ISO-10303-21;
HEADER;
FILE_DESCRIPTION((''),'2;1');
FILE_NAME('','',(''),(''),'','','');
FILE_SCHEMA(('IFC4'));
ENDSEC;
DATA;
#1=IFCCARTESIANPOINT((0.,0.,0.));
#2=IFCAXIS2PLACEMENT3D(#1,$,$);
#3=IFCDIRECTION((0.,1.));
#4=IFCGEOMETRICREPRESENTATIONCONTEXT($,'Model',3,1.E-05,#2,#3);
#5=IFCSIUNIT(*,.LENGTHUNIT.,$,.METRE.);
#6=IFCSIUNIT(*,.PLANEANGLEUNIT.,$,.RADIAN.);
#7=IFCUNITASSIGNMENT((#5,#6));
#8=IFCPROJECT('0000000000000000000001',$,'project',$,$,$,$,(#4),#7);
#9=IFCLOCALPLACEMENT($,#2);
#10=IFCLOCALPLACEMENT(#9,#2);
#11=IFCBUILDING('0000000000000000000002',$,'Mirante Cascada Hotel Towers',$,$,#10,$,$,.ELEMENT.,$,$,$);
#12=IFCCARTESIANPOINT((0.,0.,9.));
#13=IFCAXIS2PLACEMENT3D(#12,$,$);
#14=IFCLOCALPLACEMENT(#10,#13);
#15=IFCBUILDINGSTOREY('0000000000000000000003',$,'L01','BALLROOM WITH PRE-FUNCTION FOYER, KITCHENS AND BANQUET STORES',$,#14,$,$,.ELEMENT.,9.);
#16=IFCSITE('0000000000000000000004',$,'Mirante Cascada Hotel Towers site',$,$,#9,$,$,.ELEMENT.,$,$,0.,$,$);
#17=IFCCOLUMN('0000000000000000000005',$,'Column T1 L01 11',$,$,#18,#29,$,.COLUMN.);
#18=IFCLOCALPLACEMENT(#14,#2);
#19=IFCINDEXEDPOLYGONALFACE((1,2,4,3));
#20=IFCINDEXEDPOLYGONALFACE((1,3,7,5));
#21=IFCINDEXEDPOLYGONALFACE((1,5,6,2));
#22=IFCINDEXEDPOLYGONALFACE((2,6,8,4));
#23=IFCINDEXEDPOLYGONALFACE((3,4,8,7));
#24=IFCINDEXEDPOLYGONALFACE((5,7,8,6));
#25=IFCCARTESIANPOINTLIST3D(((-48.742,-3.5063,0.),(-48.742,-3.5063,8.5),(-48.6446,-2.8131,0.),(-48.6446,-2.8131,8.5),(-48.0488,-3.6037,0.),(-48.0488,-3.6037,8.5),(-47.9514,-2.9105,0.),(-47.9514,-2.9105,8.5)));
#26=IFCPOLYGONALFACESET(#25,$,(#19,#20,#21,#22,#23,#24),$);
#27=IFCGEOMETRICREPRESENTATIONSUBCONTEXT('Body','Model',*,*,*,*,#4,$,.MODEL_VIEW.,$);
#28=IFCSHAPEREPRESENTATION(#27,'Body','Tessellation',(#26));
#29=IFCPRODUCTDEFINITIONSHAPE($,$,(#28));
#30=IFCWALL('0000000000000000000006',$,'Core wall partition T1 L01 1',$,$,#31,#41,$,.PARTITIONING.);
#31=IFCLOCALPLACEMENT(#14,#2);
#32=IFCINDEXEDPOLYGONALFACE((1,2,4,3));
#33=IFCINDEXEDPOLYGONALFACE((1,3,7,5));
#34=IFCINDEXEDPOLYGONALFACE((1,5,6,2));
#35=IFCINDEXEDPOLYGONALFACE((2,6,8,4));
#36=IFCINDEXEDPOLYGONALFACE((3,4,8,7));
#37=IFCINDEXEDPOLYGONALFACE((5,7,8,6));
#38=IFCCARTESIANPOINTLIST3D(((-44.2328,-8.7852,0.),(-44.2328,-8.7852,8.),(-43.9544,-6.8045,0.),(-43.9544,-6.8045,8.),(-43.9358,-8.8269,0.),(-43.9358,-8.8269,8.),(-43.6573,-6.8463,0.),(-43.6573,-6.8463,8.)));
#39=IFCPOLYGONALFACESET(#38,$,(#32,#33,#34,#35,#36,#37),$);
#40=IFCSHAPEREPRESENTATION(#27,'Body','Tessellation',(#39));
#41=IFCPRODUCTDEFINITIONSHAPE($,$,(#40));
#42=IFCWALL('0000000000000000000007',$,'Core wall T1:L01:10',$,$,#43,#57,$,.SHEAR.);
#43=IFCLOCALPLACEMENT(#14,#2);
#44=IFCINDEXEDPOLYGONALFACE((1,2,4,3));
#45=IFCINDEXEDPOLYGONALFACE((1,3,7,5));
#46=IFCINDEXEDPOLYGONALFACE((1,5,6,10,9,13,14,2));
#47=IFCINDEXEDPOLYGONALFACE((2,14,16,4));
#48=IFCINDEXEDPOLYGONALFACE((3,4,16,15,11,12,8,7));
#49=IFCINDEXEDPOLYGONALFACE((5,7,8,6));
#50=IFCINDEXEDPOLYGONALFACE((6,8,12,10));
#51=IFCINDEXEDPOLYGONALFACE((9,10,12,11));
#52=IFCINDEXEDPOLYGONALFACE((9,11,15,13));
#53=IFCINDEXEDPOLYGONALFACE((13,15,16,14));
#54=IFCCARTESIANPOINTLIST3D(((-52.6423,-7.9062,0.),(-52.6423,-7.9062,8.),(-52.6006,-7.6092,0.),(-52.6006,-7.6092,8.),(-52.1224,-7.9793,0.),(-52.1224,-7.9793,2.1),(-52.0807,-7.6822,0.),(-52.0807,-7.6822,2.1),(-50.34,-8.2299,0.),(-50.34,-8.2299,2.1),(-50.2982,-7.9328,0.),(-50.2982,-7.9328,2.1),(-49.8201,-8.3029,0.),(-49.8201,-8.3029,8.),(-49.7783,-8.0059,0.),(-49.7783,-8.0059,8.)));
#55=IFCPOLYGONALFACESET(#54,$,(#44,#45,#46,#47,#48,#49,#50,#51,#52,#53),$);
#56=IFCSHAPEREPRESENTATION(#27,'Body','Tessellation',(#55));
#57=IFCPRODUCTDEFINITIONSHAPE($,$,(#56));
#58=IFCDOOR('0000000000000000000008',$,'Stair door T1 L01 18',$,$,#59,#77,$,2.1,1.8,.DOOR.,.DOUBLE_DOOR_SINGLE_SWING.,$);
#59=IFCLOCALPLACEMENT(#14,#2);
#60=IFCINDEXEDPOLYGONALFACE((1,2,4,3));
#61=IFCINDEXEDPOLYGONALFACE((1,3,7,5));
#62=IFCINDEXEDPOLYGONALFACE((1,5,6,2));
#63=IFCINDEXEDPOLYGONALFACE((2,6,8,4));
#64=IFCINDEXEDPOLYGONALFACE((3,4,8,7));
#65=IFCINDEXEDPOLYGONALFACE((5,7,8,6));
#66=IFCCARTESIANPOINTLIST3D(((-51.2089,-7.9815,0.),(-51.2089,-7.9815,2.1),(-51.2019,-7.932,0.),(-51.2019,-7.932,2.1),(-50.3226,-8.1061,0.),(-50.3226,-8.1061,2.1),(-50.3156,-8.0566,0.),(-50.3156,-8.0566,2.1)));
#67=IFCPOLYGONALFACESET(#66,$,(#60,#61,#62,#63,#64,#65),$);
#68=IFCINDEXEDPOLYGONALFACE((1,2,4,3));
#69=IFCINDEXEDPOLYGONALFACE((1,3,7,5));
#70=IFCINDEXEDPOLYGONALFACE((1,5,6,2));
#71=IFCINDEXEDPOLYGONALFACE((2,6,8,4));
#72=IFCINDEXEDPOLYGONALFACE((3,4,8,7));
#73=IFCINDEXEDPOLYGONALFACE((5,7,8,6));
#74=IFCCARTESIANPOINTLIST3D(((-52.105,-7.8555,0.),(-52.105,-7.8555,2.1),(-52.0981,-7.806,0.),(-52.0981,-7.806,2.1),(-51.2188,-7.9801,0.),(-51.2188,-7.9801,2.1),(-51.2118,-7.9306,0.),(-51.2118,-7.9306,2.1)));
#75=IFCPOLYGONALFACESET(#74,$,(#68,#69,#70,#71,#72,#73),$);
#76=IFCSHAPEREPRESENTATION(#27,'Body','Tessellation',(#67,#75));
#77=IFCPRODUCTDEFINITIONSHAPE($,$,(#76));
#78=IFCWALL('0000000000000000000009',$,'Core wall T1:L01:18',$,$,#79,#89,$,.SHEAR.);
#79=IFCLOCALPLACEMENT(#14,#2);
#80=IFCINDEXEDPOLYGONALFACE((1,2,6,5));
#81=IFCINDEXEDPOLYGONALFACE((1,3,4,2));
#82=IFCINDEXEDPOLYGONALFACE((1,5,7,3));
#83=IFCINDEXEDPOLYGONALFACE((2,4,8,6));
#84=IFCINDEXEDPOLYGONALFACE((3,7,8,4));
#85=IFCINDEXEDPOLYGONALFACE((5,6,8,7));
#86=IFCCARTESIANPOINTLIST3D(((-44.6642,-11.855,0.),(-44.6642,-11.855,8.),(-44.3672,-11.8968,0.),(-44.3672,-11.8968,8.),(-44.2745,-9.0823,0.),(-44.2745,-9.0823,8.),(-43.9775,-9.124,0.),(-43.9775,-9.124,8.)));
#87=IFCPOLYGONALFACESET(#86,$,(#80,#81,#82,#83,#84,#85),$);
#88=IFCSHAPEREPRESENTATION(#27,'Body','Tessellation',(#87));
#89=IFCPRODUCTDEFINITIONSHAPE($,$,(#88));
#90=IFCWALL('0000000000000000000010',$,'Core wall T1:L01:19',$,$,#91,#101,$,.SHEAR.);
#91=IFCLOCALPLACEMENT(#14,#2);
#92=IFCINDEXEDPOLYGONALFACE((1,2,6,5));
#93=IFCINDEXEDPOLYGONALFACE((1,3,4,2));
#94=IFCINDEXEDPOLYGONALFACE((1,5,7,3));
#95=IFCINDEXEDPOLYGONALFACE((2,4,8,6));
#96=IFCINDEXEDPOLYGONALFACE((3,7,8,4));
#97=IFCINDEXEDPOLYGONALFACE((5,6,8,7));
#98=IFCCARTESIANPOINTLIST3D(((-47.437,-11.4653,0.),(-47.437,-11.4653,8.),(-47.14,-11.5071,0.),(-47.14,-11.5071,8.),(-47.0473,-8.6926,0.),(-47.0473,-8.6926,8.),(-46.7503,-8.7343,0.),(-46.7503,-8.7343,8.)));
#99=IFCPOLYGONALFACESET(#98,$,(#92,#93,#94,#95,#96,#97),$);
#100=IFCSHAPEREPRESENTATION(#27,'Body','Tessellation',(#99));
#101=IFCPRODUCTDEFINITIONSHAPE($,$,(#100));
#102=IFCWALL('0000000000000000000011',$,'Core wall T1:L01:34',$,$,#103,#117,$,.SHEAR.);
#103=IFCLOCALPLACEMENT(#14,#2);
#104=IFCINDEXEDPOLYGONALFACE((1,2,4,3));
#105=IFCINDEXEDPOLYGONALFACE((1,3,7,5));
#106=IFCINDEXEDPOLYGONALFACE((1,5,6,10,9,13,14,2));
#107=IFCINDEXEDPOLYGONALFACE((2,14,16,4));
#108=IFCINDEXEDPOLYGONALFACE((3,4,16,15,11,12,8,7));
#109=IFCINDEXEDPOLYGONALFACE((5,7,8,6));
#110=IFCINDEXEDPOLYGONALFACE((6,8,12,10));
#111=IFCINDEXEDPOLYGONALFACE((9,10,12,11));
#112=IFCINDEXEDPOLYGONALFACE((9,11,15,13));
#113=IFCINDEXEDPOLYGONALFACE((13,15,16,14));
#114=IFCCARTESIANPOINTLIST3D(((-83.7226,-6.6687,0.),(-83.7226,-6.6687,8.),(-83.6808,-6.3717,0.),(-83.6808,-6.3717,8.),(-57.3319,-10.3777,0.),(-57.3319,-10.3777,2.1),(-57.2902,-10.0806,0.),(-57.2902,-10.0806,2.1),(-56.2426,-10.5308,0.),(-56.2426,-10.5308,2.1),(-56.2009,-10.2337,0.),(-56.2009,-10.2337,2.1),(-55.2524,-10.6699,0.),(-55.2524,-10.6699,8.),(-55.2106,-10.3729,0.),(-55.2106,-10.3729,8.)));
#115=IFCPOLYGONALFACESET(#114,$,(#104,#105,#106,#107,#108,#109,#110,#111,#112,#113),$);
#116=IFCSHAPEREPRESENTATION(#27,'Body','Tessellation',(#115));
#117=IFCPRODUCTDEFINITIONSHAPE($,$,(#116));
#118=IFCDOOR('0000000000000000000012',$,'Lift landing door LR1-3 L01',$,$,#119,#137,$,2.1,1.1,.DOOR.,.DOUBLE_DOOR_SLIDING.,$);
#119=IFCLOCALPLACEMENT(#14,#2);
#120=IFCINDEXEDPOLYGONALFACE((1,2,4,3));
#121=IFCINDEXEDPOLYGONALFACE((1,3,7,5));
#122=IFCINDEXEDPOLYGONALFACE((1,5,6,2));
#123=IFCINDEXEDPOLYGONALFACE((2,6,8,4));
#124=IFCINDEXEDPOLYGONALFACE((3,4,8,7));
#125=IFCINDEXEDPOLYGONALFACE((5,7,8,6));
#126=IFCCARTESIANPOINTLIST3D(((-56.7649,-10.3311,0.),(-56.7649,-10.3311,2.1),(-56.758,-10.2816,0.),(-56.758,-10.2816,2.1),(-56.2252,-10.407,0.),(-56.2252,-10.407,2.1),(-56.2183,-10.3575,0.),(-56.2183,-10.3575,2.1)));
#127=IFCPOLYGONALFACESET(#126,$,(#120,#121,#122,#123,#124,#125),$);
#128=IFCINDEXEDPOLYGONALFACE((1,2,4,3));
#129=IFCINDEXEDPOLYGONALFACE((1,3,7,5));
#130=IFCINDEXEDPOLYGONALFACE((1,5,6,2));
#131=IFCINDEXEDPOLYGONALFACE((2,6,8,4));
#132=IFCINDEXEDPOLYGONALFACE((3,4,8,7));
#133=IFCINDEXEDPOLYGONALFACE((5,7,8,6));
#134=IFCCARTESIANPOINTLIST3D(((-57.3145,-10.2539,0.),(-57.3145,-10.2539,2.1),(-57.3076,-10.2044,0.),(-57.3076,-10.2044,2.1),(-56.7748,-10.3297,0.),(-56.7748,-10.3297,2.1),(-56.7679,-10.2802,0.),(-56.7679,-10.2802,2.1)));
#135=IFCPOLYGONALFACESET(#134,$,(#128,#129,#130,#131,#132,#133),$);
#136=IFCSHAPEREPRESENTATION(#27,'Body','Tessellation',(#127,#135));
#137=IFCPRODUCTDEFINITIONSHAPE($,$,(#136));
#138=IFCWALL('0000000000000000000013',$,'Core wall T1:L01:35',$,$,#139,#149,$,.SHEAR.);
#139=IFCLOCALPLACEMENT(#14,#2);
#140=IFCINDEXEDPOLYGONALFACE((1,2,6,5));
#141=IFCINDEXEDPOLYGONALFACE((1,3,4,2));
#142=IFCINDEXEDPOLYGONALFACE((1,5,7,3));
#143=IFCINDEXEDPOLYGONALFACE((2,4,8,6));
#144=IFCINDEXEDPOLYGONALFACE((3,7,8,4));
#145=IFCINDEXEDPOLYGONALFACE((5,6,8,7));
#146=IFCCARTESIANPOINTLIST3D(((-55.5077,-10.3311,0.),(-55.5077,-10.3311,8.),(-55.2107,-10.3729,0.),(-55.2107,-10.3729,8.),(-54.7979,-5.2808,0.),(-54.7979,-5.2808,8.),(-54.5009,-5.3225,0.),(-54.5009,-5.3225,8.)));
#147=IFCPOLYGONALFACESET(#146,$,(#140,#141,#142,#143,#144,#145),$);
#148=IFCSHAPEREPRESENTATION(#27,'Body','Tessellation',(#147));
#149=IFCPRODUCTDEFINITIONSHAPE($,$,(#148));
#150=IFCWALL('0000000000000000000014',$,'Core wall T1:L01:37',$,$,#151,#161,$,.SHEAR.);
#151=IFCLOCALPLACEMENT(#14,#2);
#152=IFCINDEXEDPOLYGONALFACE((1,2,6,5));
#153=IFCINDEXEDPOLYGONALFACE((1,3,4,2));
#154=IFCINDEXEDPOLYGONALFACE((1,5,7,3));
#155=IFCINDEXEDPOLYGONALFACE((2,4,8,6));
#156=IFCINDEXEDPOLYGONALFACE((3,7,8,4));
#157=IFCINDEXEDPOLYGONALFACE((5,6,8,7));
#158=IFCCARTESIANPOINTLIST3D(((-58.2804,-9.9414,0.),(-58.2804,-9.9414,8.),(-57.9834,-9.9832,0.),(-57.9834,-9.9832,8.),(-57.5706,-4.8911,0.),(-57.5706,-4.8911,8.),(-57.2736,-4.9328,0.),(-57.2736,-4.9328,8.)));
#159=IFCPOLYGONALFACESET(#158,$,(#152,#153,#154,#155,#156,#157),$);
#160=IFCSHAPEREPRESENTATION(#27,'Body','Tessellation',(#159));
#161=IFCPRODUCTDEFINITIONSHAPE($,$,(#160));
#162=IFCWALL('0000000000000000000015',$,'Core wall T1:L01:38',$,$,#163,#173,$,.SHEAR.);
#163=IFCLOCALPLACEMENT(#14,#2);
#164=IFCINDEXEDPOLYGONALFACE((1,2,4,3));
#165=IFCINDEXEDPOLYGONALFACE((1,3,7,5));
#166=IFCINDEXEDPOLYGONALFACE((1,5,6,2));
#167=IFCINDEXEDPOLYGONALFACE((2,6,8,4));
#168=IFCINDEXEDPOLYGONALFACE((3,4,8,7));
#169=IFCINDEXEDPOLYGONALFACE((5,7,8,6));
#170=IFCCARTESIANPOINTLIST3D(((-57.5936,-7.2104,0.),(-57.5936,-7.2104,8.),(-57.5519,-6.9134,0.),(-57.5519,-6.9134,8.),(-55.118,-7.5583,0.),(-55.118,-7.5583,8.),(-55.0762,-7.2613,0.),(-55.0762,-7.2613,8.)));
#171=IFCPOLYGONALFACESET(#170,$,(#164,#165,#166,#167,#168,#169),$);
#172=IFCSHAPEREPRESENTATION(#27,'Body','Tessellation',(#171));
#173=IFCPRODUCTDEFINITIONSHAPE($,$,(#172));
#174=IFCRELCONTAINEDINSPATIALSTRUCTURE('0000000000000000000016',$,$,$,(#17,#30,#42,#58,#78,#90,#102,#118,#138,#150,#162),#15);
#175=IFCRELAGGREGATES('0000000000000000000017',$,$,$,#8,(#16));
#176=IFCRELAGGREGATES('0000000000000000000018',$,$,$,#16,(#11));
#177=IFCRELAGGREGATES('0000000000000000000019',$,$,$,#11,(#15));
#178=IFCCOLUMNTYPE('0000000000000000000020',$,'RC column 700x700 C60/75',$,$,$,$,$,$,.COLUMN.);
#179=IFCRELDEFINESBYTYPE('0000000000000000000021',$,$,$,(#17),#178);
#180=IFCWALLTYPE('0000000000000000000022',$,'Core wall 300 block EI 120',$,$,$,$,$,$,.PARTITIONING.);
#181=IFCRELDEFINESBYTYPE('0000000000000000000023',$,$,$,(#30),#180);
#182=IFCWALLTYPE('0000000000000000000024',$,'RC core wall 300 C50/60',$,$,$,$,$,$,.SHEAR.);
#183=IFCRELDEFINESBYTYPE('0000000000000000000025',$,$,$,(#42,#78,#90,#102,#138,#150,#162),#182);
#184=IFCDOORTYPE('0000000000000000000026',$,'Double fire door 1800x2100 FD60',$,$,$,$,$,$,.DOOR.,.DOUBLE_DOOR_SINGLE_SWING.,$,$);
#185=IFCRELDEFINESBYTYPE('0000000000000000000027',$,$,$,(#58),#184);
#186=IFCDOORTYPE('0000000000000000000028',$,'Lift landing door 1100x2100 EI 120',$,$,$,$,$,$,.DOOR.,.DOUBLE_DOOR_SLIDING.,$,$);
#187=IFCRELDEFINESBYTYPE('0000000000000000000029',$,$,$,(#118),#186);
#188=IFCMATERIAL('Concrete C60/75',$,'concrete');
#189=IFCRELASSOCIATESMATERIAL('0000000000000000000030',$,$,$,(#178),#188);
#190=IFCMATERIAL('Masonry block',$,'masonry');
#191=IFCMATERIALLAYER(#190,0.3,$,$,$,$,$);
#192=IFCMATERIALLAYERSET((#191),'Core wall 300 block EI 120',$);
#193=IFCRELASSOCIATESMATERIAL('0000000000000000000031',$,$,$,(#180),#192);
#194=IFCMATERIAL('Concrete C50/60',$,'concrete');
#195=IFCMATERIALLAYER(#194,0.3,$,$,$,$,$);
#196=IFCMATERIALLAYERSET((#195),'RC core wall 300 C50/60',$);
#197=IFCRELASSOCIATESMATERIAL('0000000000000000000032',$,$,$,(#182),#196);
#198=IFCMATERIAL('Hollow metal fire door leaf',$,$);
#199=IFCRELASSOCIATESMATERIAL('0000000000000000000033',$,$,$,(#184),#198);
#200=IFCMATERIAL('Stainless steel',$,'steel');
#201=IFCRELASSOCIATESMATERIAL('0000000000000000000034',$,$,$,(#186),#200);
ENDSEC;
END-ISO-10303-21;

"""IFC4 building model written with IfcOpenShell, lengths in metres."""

from ifc_helpers import new_model, si_unit, direction, frame, frame_2d, origin, origin_2d, place, context, subcontext, project, spatial, rectangle, extrude, material, layer, layer_set, material_profile, profile_set, type_object, element, fill, save


model = new_model("IFC4")

# Units and contexts
model_context = context("Model", 3, precision=1e-05, world=origin(), true_north=direction((0.0, 1.0)))
body_context = subcontext(model_context, "Body", "Model", "MODEL_VIEW")
ifc_project = project(units=[si_unit("LENGTHUNIT", "METRE"), si_unit("PLANEANGLEUNIT", "RADIAN")], contexts=[model_context])

# Site, building, storey
site_placement = place(None, origin())
site = spatial("IfcSite", under=ifc_project, at=site_placement, Name="Mirante Cascada Hotel Towers site", CompositionType="ELEMENT", RefElevation=0.0)
building_placement = place(site_placement, origin())
building = spatial("IfcBuilding", under=site, at=building_placement, Name="Mirante Cascada Hotel Towers", CompositionType="ELEMENT")
storey_placement = place(building_placement, frame((0.0, 0.0, 9.0)))
storey = spatial("IfcBuildingStorey", under=building, at=storey_placement, Name="L01", Description="BALLROOM WITH PRE-FUNCTION FOYER, KITCHENS AND BANQUET STORES", CompositionType="ELEMENT", Elevation=9.0)

# Column
ifc_material_1 = material(Name="Concrete C60/75", Category="concrete")
ifc_material_profile = material_profile(ifc_material_1, rectangle(XDim=0.7, YDim=0.7, at=origin_2d()), Name="RC column 700x700 C60/75")
ifc_profile_set = profile_set([ifc_material_profile], Name="Concrete C60/75")
column_type = type_object("IfcColumnType", Name="RC column 700x700 C60/75", PredefinedType="COLUMN", material=ifc_profile_set)
column_placement = place(storey_placement, frame((-48.3467, -3.2084, 0.0), z_axis=(0.0, 0.0, 1.0), x_axis=(-0.990268, 0.139173, 0.0)))
element("IfcColumn", 1, at=column_placement, inside=storey, type_object=column_type, Name="Column T1 L01 11", PredefinedType="COLUMN", context=body_context, shape_type="SweptSolid", body=[
    extrude(rectangle(XDim=0.7, YDim=0.7, at=origin_2d()), origin(), (0.0, 0.0, 1.0), 8.5),
])

# Wall
ifc_material_2 = material(Name="Masonry block", Category="masonry")
ifc_layer_1 = layer(ifc_material_2, 0.3)
ifc_layer_set_1 = layer_set([ifc_layer_1], Name="Core wall 300 block EI 120")
wall_type_1 = type_object("IfcWallType", Name="Core wall 300 block EI 120", PredefinedType="PARTITIONING", material=ifc_layer_set_1)
wall_1_placement = place(storey_placement, frame((-44.0843, -8.8061, 0.0), z_axis=(0.0, 0.0, 1.0), x_axis=(0.139195, 0.990265, 0.0)))
element("IfcWall", 2, at=wall_1_placement, inside=storey, type_object=wall_type_1, Name="Core wall partition T1 L01 1", PredefinedType="PARTITIONING", context=body_context, shape_type="SweptSolid", body=[
    extrude(rectangle(XDim=2.0001, YDim=0.3, at=frame_2d((1.0001, 0.0))), origin(), (0.0, 0.0, 1.0), 8.0),
])

# Wall, opening, door
ifc_material_3 = material(Name="Concrete C50/60", Category="concrete")
ifc_layer_2 = layer(ifc_material_3, 0.3)
ifc_layer_set_2 = layer_set([ifc_layer_2], Name="RC core wall 300 C50/60")
wall_type_2 = type_object("IfcWallType", Name="RC core wall 300 C50/60", PredefinedType="SHEAR", material=ifc_layer_set_2)
wall_2_placement = place(storey_placement, frame((-49.7992, -8.1544, 0.0), z_axis=(0.0, 0.0, 1.0), x_axis=(-0.990266, 0.139191, 0.0)))
wall_2 = element("IfcWall", 3, at=wall_2_placement, inside=storey, type_object=wall_type_2, Name="Core wall T1:L01:10", PredefinedType="SHEAR", context=body_context, shape_type="SweptSolid", body=[
    extrude(rectangle(XDim=2.85, YDim=0.3, at=frame_2d((1.425, 0.0))), origin(), (0.0, 0.0, 1.0), 8.0),
])
opening_1_placement = place(wall_2_placement, frame((0.525, 0.0, 0.0)))
opening_1 = element("IfcOpeningElement", 4, at=opening_1_placement, cuts=wall_2, PredefinedType="OPENING", context=body_context, shape_type="SweptSolid", body=[
    extrude(rectangle(XDim=1.8, YDim=2.1, at=frame_2d((0.9, 1.05))), frame((0.0, 0.15, 0.0), z_axis=(0.0, -1.0, 0.0), x_axis=(1.0, 0.0, 0.0)), (0.0, 0.0, 1.0), 0.3),
])
ifc_material_4 = material(Name="Hollow metal fire door leaf")
door_type_1 = type_object("IfcDoorType", Name="Double fire door 1800x2100 FD60", OperationType="DOUBLE_DOOR_SINGLE_SWING", PredefinedType="DOOR", material=ifc_material_4)
door_1_placement = place(opening_1_placement, origin())
door_1 = element("IfcDoor", 5, at=door_1_placement, inside=storey, type_object=door_type_1, Name="Stair door T1 L01 18", OperationType="DOUBLE_DOOR_SINGLE_SWING", OverallHeight=2.1, OverallWidth=1.8, PredefinedType="DOOR", context=body_context, shape_type="SweptSolid", body=[
    extrude(rectangle(XDim=0.895, YDim=2.1, at=frame_2d((0.4475, 1.05))), frame((0.0, 0.025, 0.0), z_axis=(0.0, -1.0, 0.0), x_axis=(1.0, 0.0, 0.0)), (0.0, 0.0, 1.0), 0.05),
    extrude(rectangle(XDim=0.895, YDim=2.1, at=frame_2d((1.3525, 1.05))), frame((0.0, 0.025, 0.0), z_axis=(0.0, -1.0, 0.0), x_axis=(1.0, 0.0, 0.0)), (0.0, 0.0, 1.0), 0.05),
])
fill(opening_1, door_1)

# Walls
for number, where, z_axis, x_axis, name in (
    (6, (-44.5157, -11.8759, 0.0), (0.0, 0.0, 1.0), (0.139181, 0.990267, 0.0), "Core wall T1:L01:18"),
    (7, (-47.2885, -11.4862, 0.0), (0.0, 0.0, 1.0), (0.139181, 0.990267, 0.0), "Core wall T1:L01:19"),
):
    element("IfcWall", number, at=place(storey_placement, frame(where, z_axis=z_axis, x_axis=x_axis)), inside=storey, type_object=wall_type_2, Name=name, PredefinedType="SHEAR", context=body_context, shape_type="SweptSolid", body=[
        extrude(rectangle(XDim=2.8, YDim=0.3, at=frame_2d((1.4, 0.0))), origin(), (0.0, 0.0, 1.0), 8.0),
    ])

# Wall, opening, door
wall_3_placement = place(storey_placement, frame((-55.2315, -10.5214, 0.0), z_axis=(0.0, 0.0, 1.0), x_axis=(-0.990268, 0.139172, 0.0)))
wall_3 = element("IfcWall", 8, at=wall_3_placement, inside=storey, type_object=wall_type_2, Name="Core wall T1:L01:34", PredefinedType="SHEAR", context=body_context, shape_type="SweptSolid", body=[
    extrude(rectangle(XDim=28.75, YDim=0.3, at=frame_2d((14.375, 0.0))), origin(), (0.0, 0.0, 1.0), 8.0),
])
opening_2_placement = place(wall_3_placement, frame((1.0, 0.0, 0.0)))
opening_2 = element("IfcOpeningElement", 9, at=opening_2_placement, cuts=wall_3, PredefinedType="OPENING", context=body_context, shape_type="SweptSolid", body=[
    extrude(rectangle(XDim=1.1, YDim=2.1, at=frame_2d((0.55, 1.05))), frame((0.0, 0.15, 0.0), z_axis=(0.0, -1.0, 0.0), x_axis=(1.0, 0.0, 0.0)), (0.0, 0.0, 1.0), 0.3),
])
ifc_material_5 = material(Name="Stainless steel", Category="steel")
door_type_2 = type_object("IfcDoorType", Name="Lift landing door 1100x2100 EI 120", OperationType="DOUBLE_DOOR_SLIDING", PredefinedType="DOOR", material=ifc_material_5)
door_2_placement = place(opening_2_placement, origin())
door_2 = element("IfcDoor", 10, at=door_2_placement, inside=storey, type_object=door_type_2, Name="Lift landing door LR1-3 L01", OperationType="DOUBLE_DOOR_SLIDING", OverallHeight=2.1, OverallWidth=1.1, PredefinedType="DOOR", context=body_context, shape_type="SweptSolid", body=[
    extrude(rectangle(XDim=0.545, YDim=2.1, at=frame_2d((0.2725, 1.05))), frame((0.0, 0.025, 0.0), z_axis=(0.0, -1.0, 0.0), x_axis=(1.0, 0.0, 0.0)), (0.0, 0.0, 1.0), 0.05),
    extrude(rectangle(XDim=0.545, YDim=2.1, at=frame_2d((0.8275, 1.05))), frame((0.0, 0.025, 0.0), z_axis=(0.0, -1.0, 0.0), x_axis=(1.0, 0.0, 0.0)), (0.0, 0.0, 1.0), 0.05),
])
fill(opening_2, door_2)

# Walls
for number, where, z_axis, x_axis, name in (
    (11, (-55.3592, -10.352, 0.0), (0.0, 0.0, 1.0), (0.139176, 0.990268, 0.0), "Core wall T1:L01:35"),
    (12, (-58.1319, -9.9623, 0.0), (0.0, 0.0, 1.0), (0.139176, 0.990268, 0.0), "Core wall T1:L01:37"),
):
    element("IfcWall", number, at=place(storey_placement, frame(where, z_axis=z_axis, x_axis=x_axis)), inside=storey, type_object=wall_type_2, Name=name, PredefinedType="SHEAR", context=body_context, shape_type="SweptSolid", body=[
        extrude(rectangle(XDim=5.1, YDim=0.3, at=frame_2d((2.55, 0.0))), origin(), (0.0, 0.0, 1.0), 8.0),
    ])
wall_4_placement = place(storey_placement, frame((-55.0971, -7.4098, 0.0), z_axis=(0.0, 0.0, 1.0), x_axis=(-0.99027, 0.139159, 0.0)))
element("IfcWall", 13, at=wall_4_placement, inside=storey, type_object=wall_type_2, Name="Core wall T1:L01:38", PredefinedType="SHEAR", context=body_context, shape_type="SweptSolid", body=[
    extrude(rectangle(XDim=2.5, YDim=0.3, at=frame_2d((1.25, 0.0))), origin(), (0.0, 0.0, 1.0), 8.0),
])

save(model, "model.ifc")
